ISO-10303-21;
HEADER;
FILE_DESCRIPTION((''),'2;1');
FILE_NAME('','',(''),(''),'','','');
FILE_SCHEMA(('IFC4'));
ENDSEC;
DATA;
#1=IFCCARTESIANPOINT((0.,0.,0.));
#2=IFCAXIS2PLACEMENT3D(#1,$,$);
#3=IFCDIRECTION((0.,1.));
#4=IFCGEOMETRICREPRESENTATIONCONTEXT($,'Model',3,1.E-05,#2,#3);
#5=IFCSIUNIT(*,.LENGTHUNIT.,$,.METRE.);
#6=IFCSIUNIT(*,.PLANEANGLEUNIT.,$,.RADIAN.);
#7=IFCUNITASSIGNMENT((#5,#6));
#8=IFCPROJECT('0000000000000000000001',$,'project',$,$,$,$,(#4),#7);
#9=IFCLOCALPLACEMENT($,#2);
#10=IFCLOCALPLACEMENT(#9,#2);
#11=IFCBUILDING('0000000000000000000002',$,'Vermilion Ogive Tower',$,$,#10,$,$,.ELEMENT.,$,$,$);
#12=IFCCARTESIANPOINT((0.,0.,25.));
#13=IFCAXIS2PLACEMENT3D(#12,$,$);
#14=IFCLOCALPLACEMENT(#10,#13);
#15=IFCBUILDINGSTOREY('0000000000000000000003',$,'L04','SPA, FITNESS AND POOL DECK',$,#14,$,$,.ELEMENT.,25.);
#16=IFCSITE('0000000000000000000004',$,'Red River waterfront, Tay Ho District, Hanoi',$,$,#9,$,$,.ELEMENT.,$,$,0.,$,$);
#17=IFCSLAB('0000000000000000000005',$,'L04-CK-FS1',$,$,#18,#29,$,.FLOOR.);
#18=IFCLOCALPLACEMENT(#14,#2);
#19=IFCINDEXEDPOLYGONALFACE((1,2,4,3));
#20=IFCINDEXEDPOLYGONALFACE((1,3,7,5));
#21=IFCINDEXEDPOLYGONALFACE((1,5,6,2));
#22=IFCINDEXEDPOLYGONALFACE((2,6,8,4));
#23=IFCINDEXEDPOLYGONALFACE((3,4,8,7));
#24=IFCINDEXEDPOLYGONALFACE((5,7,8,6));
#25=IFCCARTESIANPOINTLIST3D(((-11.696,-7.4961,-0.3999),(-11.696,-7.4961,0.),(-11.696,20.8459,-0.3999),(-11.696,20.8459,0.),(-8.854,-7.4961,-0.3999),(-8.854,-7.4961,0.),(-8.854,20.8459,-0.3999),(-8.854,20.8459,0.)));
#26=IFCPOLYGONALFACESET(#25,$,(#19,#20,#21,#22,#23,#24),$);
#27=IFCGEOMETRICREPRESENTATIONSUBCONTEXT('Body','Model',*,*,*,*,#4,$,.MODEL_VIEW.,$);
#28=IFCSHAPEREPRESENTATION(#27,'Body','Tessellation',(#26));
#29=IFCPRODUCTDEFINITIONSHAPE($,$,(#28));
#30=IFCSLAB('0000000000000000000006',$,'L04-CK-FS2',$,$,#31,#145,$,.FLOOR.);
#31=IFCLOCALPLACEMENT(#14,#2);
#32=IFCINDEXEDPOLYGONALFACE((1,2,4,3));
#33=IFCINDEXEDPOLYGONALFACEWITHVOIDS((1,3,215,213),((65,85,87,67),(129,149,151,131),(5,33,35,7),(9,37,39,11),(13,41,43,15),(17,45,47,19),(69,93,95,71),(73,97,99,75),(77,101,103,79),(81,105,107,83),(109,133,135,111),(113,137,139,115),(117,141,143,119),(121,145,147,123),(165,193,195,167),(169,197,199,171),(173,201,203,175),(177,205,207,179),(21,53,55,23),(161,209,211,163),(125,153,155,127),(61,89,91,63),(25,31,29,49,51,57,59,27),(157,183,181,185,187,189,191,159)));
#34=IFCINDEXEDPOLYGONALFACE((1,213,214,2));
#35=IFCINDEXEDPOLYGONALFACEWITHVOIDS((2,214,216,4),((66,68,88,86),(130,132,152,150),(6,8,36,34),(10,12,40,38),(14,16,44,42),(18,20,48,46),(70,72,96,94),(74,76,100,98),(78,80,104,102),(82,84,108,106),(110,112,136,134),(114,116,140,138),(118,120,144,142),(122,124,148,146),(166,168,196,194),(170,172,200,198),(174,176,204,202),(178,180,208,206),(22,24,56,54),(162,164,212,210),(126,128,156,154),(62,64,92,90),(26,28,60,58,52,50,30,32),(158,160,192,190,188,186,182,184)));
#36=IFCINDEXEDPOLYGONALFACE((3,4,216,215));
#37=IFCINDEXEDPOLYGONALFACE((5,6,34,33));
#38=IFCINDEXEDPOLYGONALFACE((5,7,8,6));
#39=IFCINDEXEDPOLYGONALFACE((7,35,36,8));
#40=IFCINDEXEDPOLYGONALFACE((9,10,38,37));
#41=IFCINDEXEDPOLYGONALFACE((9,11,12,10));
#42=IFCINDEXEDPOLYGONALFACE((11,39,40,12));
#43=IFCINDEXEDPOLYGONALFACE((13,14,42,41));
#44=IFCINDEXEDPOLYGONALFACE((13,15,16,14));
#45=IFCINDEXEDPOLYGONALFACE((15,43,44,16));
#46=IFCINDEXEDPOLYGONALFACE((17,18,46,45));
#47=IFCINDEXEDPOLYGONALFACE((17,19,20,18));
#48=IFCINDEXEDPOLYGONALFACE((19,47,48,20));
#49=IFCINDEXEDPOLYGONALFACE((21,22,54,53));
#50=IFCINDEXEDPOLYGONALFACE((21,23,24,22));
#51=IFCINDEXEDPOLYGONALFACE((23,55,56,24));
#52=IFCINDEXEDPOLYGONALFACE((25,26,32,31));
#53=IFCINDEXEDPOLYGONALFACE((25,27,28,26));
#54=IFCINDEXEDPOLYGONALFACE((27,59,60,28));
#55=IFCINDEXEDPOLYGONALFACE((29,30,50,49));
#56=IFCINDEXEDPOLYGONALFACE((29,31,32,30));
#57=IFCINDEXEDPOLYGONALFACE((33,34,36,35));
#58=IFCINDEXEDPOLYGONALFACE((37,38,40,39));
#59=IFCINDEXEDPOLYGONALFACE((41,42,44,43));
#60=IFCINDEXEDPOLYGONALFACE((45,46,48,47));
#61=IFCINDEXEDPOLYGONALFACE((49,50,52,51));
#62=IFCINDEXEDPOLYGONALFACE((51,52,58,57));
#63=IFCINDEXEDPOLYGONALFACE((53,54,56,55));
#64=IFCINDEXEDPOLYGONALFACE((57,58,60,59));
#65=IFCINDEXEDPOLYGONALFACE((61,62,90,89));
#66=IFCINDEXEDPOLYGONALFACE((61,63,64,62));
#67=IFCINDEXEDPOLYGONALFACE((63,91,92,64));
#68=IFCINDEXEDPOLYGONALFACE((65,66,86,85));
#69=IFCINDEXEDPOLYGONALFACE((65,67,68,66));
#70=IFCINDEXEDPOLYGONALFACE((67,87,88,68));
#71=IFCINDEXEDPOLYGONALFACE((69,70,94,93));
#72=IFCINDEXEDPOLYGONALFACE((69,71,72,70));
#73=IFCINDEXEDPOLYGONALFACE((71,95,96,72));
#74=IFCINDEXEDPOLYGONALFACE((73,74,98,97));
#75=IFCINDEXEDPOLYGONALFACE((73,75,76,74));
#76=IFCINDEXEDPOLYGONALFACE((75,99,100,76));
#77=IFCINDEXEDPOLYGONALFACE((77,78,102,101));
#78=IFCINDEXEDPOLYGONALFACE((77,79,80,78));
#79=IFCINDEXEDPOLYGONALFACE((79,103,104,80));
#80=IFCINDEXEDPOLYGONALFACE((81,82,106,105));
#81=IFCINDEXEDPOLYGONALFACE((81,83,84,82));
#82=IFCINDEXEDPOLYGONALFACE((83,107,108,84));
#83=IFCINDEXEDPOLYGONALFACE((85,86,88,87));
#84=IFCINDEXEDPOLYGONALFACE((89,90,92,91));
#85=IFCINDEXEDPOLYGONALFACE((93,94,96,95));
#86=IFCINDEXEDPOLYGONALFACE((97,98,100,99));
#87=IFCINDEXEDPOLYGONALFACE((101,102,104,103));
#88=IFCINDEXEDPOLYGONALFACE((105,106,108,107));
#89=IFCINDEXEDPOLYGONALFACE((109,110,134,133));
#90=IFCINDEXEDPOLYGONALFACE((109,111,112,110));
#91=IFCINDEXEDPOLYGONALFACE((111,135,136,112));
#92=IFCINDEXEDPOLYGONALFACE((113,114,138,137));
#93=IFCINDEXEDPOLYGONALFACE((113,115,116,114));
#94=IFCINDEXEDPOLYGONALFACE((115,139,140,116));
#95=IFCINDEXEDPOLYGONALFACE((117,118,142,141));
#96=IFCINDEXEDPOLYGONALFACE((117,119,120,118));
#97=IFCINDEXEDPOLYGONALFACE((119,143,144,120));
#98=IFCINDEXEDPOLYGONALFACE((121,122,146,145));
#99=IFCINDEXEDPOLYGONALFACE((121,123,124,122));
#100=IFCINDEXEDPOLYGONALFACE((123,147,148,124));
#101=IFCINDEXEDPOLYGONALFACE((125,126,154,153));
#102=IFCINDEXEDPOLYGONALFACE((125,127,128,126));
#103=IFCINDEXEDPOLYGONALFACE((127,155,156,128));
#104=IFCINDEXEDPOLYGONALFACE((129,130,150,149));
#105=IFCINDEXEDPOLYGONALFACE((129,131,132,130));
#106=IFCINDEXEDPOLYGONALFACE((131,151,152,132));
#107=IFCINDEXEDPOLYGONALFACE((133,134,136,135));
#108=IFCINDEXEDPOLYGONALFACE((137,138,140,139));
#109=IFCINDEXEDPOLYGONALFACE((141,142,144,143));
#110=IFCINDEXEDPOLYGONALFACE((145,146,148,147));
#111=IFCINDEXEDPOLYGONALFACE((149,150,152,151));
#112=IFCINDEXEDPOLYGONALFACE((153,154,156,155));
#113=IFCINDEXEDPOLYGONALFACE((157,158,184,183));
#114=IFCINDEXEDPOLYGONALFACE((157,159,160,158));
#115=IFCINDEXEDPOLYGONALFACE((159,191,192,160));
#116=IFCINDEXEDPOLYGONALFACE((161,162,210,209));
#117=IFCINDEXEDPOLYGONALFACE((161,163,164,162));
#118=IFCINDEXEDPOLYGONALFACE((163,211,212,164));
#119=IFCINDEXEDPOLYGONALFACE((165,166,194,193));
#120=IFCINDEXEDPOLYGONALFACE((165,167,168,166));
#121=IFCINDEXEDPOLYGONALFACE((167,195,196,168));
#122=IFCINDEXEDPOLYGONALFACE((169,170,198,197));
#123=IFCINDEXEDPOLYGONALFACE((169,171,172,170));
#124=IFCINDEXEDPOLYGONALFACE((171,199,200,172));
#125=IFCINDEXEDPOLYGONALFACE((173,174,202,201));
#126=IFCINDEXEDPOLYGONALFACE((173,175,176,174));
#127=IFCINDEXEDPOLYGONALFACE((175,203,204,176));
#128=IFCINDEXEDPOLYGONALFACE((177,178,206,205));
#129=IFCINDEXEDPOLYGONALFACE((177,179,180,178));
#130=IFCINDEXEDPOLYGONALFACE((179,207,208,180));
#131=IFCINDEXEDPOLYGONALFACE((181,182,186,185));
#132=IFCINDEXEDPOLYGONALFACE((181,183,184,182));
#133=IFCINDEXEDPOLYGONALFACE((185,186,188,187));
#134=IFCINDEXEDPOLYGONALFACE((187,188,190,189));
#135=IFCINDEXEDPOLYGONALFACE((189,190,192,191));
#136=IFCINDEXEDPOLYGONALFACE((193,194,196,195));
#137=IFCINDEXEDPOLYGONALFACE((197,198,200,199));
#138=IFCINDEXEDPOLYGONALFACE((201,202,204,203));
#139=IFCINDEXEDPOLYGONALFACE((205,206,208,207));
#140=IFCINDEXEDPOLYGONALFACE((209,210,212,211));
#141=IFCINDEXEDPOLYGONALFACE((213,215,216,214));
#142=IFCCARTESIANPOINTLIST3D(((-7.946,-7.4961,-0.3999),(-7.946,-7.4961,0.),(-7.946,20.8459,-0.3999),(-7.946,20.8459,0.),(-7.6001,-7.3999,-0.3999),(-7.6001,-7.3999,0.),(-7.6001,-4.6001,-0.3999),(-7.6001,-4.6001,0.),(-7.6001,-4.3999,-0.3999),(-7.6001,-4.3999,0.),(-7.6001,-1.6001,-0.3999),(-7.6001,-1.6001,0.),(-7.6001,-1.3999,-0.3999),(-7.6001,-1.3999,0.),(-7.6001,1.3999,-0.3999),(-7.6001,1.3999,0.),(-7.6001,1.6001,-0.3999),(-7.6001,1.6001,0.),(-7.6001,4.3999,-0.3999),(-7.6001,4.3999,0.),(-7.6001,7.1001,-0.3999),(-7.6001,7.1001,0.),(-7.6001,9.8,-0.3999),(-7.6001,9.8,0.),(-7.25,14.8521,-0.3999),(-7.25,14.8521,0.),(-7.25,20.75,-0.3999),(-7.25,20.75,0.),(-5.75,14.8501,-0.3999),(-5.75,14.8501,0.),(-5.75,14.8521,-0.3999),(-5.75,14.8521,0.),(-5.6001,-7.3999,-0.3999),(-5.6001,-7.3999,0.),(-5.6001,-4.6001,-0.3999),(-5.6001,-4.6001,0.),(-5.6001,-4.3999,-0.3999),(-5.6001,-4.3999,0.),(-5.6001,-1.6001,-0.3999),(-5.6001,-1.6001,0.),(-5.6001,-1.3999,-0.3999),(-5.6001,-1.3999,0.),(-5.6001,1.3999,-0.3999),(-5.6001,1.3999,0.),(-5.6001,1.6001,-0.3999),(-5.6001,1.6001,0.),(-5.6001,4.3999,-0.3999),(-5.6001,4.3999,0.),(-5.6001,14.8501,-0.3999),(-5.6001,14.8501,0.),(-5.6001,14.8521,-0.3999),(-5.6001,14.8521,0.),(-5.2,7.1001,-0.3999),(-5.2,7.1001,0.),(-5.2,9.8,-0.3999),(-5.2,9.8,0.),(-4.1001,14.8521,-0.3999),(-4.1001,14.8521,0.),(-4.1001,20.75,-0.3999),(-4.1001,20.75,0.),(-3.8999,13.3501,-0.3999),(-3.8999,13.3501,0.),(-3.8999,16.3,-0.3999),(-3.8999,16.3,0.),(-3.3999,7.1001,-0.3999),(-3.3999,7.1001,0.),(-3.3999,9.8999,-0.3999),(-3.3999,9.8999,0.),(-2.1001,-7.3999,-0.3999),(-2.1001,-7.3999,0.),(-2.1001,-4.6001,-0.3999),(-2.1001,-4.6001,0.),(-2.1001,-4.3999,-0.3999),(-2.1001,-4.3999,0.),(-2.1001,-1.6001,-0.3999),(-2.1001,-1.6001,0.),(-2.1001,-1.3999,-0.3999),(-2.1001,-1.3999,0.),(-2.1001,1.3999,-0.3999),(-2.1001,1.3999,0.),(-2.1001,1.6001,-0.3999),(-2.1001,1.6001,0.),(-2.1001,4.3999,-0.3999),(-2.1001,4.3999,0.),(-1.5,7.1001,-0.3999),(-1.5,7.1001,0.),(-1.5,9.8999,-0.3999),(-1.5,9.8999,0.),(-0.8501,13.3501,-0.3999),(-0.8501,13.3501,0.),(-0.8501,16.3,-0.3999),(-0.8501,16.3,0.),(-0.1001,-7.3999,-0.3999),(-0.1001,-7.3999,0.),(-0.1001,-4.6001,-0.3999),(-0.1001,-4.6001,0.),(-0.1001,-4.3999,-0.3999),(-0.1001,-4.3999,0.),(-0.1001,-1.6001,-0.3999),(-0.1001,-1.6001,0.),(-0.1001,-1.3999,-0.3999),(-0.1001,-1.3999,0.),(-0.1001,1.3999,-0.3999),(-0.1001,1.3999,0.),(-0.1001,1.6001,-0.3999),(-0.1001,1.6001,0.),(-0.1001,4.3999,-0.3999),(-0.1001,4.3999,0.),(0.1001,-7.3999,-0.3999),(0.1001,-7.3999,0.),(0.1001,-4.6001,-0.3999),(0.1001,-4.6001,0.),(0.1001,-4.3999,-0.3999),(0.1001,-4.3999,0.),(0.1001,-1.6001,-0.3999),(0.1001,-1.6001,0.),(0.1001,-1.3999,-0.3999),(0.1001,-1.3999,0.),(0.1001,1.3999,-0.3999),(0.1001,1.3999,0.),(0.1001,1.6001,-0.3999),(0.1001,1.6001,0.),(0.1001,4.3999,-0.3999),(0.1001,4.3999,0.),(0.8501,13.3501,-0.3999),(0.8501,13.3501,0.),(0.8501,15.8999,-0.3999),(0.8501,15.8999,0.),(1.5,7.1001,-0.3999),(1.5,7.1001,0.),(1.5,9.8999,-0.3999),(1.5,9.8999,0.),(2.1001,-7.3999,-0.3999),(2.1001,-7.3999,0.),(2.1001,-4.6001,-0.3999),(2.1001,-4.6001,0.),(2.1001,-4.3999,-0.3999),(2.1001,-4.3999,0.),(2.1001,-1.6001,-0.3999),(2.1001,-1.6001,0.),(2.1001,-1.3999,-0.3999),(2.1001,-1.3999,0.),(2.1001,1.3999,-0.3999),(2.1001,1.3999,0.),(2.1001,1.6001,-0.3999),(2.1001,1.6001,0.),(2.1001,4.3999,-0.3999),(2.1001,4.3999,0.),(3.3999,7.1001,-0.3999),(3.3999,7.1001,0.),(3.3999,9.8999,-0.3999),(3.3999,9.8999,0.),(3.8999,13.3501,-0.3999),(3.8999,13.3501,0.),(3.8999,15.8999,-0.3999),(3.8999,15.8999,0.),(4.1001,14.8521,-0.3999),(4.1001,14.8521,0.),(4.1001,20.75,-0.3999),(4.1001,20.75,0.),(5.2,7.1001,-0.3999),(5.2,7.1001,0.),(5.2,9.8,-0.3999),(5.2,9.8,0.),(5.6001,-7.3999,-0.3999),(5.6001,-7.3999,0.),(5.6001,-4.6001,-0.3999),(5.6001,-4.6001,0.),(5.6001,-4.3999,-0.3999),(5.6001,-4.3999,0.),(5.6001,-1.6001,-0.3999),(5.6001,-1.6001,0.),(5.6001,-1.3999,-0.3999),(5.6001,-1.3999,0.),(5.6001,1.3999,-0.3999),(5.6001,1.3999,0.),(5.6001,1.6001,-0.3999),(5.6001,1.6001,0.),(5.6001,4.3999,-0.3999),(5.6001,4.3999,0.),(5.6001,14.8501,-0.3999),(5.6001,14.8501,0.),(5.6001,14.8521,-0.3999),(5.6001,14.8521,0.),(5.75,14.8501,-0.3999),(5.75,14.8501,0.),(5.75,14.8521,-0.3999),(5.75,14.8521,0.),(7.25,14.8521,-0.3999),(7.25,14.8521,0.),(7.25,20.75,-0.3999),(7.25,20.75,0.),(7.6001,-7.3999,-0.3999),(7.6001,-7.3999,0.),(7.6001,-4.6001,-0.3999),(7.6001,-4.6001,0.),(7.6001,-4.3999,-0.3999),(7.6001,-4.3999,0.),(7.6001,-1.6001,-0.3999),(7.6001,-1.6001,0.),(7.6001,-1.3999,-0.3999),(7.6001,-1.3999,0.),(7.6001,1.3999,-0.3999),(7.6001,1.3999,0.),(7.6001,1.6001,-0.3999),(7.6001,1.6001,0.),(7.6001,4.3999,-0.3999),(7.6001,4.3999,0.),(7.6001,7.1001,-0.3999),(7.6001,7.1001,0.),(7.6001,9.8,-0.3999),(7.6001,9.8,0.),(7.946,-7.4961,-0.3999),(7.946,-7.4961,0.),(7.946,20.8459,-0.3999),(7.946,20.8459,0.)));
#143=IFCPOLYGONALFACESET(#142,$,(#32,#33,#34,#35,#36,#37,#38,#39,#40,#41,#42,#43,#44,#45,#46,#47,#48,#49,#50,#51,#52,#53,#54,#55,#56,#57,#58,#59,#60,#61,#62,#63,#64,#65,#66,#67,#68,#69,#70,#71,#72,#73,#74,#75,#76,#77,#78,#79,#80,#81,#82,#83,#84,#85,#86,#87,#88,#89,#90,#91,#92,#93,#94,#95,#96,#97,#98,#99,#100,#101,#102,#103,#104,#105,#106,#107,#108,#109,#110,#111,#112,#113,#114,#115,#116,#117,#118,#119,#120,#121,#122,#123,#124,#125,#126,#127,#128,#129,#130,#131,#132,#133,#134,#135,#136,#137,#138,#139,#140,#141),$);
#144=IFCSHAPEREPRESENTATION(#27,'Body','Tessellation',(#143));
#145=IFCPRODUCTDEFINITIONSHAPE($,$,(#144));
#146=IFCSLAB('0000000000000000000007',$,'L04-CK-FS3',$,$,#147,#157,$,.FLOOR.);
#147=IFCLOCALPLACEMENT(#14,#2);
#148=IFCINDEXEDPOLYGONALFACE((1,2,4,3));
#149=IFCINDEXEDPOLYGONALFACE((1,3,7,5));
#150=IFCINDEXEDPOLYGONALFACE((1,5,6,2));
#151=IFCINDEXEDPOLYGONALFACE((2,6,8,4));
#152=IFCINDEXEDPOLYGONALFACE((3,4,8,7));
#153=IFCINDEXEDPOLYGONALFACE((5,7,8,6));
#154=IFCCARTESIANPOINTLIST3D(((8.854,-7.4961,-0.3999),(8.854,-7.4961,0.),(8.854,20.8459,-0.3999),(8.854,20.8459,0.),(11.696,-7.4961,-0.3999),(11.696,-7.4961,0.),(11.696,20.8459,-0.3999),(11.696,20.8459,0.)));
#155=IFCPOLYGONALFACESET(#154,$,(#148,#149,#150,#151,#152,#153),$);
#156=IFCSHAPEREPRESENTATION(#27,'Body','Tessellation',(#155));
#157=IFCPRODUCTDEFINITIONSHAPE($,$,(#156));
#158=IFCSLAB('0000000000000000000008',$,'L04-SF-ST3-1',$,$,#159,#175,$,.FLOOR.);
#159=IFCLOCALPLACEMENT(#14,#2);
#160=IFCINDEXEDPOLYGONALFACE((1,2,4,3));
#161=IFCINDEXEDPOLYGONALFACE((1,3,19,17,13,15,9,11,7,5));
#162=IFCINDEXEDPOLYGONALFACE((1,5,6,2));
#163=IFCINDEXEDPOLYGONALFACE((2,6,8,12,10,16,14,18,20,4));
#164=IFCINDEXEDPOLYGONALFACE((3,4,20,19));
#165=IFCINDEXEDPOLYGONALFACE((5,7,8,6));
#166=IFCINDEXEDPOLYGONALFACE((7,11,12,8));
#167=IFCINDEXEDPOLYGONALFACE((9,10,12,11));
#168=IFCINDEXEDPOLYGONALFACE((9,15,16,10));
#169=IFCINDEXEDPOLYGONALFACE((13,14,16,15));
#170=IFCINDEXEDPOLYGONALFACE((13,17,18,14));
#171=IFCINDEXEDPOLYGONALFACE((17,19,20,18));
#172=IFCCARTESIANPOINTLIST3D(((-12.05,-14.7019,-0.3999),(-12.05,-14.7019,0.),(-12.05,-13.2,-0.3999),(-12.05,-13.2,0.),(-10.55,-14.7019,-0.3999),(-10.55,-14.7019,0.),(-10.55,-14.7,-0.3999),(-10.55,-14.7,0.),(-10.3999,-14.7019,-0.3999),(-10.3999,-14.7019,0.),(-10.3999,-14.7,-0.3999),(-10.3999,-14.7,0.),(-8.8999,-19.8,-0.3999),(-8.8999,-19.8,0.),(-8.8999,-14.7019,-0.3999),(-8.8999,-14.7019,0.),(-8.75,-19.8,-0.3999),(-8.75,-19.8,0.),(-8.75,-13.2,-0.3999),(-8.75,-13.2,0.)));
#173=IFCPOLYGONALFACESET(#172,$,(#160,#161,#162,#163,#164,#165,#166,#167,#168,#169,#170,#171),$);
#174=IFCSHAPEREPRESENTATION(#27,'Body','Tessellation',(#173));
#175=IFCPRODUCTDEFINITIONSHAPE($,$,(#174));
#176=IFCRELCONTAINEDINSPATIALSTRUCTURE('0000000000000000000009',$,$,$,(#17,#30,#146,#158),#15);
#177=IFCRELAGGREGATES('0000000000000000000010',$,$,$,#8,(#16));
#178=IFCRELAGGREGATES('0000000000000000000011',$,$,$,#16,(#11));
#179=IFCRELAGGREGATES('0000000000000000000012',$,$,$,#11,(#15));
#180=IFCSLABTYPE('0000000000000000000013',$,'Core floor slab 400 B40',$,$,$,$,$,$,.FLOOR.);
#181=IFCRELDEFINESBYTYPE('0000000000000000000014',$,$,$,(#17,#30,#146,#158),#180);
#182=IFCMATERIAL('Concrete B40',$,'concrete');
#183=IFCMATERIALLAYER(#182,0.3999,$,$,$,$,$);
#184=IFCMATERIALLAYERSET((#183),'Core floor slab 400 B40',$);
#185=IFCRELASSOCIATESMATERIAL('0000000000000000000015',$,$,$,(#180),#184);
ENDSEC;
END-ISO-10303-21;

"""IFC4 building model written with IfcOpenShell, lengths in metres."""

from ifc_helpers import new_model, si_unit, direction, frame, origin, place, context, subcontext, project, spatial, polyline, outline, extrude, material, layer, layer_set, type_object, element, save


model = new_model("IFC4")

# Units and contexts
model_context = context("Model", 3, precision=1e-05, world=origin(), true_north=direction((0.0, 1.0)))
body_context = subcontext(model_context, "Body", "Model", "MODEL_VIEW")
ifc_project = project(units=[si_unit("LENGTHUNIT", "METRE"), si_unit("PLANEANGLEUNIT", "RADIAN")], contexts=[model_context])

# Site, building, storey
site_placement = place(None, origin())
site = spatial("IfcSite", under=ifc_project, at=site_placement, Name="Red River waterfront, Tay Ho District, Hanoi", CompositionType="ELEMENT", RefElevation=0.0)
building_placement = place(site_placement, origin())
building = spatial("IfcBuilding", under=site, at=building_placement, Name="Vermilion Ogive Tower", CompositionType="ELEMENT")
storey_placement = place(building_placement, frame((0.0, 0.0, 25.0)))
storey = spatial("IfcBuildingStorey", under=building, at=storey_placement, Name="L04", Description="SPA, FITNESS AND POOL DECK", CompositionType="ELEMENT", Elevation=25.0)

# Slabs
ifc_material_1 = material(Name="Concrete B40", Category="concrete")
ifc_layer_1 = layer(ifc_material_1, 0.3999)
ifc_layer_set_1 = layer_set([ifc_layer_1], Name="Core floor slab 400 B40")
slab_type_1 = type_object("IfcSlabType", Name="Core floor slab 400 B40", PredefinedType="FLOOR", material=ifc_layer_set_1)
slab_1_placement = place(storey_placement, frame((0.0, 0.0, -0.3999)))
element("IfcSlab", 1, at=slab_1_placement, inside=storey, type_object=slab_type_1, Name="L04-CK-FS1", PredefinedType="FLOOR", context=body_context, shape_type="SweptSolid", body=[
    extrude(outline(polyline([(-8.854, -7.4961), (-11.696, -7.4961), (-11.696, 20.8459), (-8.854, 20.8459), (-8.854, -7.4961)])), origin(), (0.0, 0.0, 1.0), 0.3999),
])
slab_2_placement = place(storey_placement, frame((0.0, 0.0, -0.3999)))
element("IfcSlab", 2, at=slab_2_placement, inside=storey, type_object=slab_type_1, Name="L04-CK-FS2", PredefinedType="FLOOR", context=body_context, shape_type="SweptSolid", body=[
    extrude(outline(polyline([(-7.946, 20.8459), (-7.946, -7.4961), (7.946, -7.4961), (7.946, 20.8459), (-7.946, 20.8459)]), holes=[polyline([(-5.6001, -7.3999), (-7.6001, -7.3999), (-7.6001, -4.6001), (-5.6001, -4.6001), (-5.6001, -7.3999)]), polyline([(-0.1001, -7.3999), (-2.1001, -7.3999), (-2.1001, -4.6001), (-0.1001, -4.6001), (-0.1001, -7.3999)]), polyline([(-5.6001, -4.3999), (-7.6001, -4.3999), (-7.6001, -1.6001), (-5.6001, -1.6001), (-5.6001, -4.3999)]), polyline([(-0.1001, -4.3999), (-2.1001, -4.3999), (-2.1001, -1.6001), (-0.1001, -1.6001), (-0.1001, -4.3999)]), polyline([(-5.6001, -1.3999), (-7.6001, -1.3999), (-7.6001, 1.3999), (-5.6001, 1.3999), (-5.6001, -1.3999)]), polyline([(-0.1001, -1.3999), (-2.1001, -1.3999), (-2.1001, 1.3999), (-0.1001, 1.3999), (-0.1001, -1.3999)]), polyline([(-5.6001, 1.6001), (-7.6001, 1.6001), (-7.6001, 4.3999), (-5.6001, 4.3999), (-5.6001, 1.6001)]), polyline([(-0.1001, 1.6001), (-2.1001, 1.6001), (-2.1001, 4.3999), (-0.1001, 4.3999), (-0.1001, 1.6001)]), polyline([(-5.2, 7.1001), (-7.6001, 7.1001), (-7.6001, 9.8), (-5.2, 9.8), (-5.2, 7.1001)]), polyline([(-1.5, 7.1001), (-3.3999, 7.1001), (-3.3999, 9.8999), (-1.5, 9.8999), (-1.5, 7.1001)]), polyline([(-0.8501, 13.3501), (-3.8999, 13.3501), (-3.8999, 16.3), (-0.8501, 16.3), (-0.8501, 13.3501)]), polyline([(-7.25, 14.8521), (-7.25, 20.75), (-4.1001, 20.75), (-4.1001, 14.8521), (-5.6001, 14.8521), (-5.6001, 14.8501), (-5.75, 14.8501), (-5.75, 14.8521), (-7.25, 14.8521)]), polyline([(2.1001, -7.3999), (0.1001, -7.3999), (0.1001, -4.6001), (2.1001, -4.6001), (2.1001, -7.3999)]), polyline([(7.6001, -7.3999), (5.6001, -7.3999), (5.6001, -4.6001), (7.6001, -4.6001), (7.6001, -7.3999)]), polyline([(2.1001, -4.3999), (0.1001, -4.3999), (0.1001, -1.6001), (2.1001, -1.6001), (2.1001, -4.3999)]), polyline([(5.6001, -4.3999), (5.6001, -1.6001), (7.6001, -1.6001), (7.6001, -4.3999), (5.6001, -4.3999)]), polyline([(2.1001, -1.3999), (0.1001, -1.3999), (0.1001, 1.3999), (2.1001, 1.3999), (2.1001, -1.3999)]), polyline([(7.6001, -1.3999), (5.6001, -1.3999), (5.6001, 1.3999), (7.6001, 1.3999), (7.6001, -1.3999)]), polyline([(7.6001, 1.6001), (5.6001, 1.6001), (5.6001, 4.3999), (7.6001, 4.3999), (7.6001, 1.6001)]), polyline([(2.1001, 1.6001), (0.1001, 1.6001), (0.1001, 4.3999), (2.1001, 4.3999), (2.1001, 1.6001)]), polyline([(7.6001, 7.1001), (5.2, 7.1001), (5.2, 9.8), (7.6001, 9.8), (7.6001, 7.1001)]), polyline([(3.3999, 7.1001), (1.5, 7.1001), (1.5, 9.8999), (3.3999, 9.8999), (3.3999, 7.1001)]), polyline([(3.8999, 13.3501), (0.8501, 13.3501), (0.8501, 15.8999), (3.8999, 15.8999), (3.8999, 13.3501)]), polyline([(5.75, 14.8501), (5.6001, 14.8501), (5.6001, 14.8521), (4.1001, 14.8521), (4.1001, 20.75), (7.25, 20.75), (7.25, 14.8521), (5.75, 14.8521), (5.75, 14.8501)])]), origin(), (0.0, 0.0, 1.0), 0.3999),
])
slab_3_placement = place(storey_placement, frame((0.0, 0.0, -0.3999)))
element("IfcSlab", 3, at=slab_3_placement, inside=storey, type_object=slab_type_1, Name="L04-CK-FS3", PredefinedType="FLOOR", context=body_context, shape_type="SweptSolid", body=[
    extrude(outline(polyline([(8.854, 20.8459), (11.696, 20.8459), (11.696, -7.4961), (8.854, -7.4961), (8.854, 20.8459)])), origin(), (0.0, 0.0, 1.0), 0.3999),
])
slab_4_placement = place(storey_placement, frame((0.0, 0.0, -0.3999)))
element("IfcSlab", 4, at=slab_4_placement, inside=storey, type_object=slab_type_1, Name="L04-SF-ST3-1", PredefinedType="FLOOR", context=body_context, shape_type="SweptSolid", body=[
    extrude(outline(polyline([(-12.05, -13.2), (-12.05, -14.7019), (-10.55, -14.7019), (-10.55, -14.7), (-10.3999, -14.7), (-10.3999, -14.7019), (-8.8999, -14.7019), (-8.8999, -19.8), (-8.75, -19.8), (-8.75, -13.2), (-12.05, -13.2)])), origin(), (0.0, 0.0, 1.0), 0.3999),
])

save(model, "model.ifc")
